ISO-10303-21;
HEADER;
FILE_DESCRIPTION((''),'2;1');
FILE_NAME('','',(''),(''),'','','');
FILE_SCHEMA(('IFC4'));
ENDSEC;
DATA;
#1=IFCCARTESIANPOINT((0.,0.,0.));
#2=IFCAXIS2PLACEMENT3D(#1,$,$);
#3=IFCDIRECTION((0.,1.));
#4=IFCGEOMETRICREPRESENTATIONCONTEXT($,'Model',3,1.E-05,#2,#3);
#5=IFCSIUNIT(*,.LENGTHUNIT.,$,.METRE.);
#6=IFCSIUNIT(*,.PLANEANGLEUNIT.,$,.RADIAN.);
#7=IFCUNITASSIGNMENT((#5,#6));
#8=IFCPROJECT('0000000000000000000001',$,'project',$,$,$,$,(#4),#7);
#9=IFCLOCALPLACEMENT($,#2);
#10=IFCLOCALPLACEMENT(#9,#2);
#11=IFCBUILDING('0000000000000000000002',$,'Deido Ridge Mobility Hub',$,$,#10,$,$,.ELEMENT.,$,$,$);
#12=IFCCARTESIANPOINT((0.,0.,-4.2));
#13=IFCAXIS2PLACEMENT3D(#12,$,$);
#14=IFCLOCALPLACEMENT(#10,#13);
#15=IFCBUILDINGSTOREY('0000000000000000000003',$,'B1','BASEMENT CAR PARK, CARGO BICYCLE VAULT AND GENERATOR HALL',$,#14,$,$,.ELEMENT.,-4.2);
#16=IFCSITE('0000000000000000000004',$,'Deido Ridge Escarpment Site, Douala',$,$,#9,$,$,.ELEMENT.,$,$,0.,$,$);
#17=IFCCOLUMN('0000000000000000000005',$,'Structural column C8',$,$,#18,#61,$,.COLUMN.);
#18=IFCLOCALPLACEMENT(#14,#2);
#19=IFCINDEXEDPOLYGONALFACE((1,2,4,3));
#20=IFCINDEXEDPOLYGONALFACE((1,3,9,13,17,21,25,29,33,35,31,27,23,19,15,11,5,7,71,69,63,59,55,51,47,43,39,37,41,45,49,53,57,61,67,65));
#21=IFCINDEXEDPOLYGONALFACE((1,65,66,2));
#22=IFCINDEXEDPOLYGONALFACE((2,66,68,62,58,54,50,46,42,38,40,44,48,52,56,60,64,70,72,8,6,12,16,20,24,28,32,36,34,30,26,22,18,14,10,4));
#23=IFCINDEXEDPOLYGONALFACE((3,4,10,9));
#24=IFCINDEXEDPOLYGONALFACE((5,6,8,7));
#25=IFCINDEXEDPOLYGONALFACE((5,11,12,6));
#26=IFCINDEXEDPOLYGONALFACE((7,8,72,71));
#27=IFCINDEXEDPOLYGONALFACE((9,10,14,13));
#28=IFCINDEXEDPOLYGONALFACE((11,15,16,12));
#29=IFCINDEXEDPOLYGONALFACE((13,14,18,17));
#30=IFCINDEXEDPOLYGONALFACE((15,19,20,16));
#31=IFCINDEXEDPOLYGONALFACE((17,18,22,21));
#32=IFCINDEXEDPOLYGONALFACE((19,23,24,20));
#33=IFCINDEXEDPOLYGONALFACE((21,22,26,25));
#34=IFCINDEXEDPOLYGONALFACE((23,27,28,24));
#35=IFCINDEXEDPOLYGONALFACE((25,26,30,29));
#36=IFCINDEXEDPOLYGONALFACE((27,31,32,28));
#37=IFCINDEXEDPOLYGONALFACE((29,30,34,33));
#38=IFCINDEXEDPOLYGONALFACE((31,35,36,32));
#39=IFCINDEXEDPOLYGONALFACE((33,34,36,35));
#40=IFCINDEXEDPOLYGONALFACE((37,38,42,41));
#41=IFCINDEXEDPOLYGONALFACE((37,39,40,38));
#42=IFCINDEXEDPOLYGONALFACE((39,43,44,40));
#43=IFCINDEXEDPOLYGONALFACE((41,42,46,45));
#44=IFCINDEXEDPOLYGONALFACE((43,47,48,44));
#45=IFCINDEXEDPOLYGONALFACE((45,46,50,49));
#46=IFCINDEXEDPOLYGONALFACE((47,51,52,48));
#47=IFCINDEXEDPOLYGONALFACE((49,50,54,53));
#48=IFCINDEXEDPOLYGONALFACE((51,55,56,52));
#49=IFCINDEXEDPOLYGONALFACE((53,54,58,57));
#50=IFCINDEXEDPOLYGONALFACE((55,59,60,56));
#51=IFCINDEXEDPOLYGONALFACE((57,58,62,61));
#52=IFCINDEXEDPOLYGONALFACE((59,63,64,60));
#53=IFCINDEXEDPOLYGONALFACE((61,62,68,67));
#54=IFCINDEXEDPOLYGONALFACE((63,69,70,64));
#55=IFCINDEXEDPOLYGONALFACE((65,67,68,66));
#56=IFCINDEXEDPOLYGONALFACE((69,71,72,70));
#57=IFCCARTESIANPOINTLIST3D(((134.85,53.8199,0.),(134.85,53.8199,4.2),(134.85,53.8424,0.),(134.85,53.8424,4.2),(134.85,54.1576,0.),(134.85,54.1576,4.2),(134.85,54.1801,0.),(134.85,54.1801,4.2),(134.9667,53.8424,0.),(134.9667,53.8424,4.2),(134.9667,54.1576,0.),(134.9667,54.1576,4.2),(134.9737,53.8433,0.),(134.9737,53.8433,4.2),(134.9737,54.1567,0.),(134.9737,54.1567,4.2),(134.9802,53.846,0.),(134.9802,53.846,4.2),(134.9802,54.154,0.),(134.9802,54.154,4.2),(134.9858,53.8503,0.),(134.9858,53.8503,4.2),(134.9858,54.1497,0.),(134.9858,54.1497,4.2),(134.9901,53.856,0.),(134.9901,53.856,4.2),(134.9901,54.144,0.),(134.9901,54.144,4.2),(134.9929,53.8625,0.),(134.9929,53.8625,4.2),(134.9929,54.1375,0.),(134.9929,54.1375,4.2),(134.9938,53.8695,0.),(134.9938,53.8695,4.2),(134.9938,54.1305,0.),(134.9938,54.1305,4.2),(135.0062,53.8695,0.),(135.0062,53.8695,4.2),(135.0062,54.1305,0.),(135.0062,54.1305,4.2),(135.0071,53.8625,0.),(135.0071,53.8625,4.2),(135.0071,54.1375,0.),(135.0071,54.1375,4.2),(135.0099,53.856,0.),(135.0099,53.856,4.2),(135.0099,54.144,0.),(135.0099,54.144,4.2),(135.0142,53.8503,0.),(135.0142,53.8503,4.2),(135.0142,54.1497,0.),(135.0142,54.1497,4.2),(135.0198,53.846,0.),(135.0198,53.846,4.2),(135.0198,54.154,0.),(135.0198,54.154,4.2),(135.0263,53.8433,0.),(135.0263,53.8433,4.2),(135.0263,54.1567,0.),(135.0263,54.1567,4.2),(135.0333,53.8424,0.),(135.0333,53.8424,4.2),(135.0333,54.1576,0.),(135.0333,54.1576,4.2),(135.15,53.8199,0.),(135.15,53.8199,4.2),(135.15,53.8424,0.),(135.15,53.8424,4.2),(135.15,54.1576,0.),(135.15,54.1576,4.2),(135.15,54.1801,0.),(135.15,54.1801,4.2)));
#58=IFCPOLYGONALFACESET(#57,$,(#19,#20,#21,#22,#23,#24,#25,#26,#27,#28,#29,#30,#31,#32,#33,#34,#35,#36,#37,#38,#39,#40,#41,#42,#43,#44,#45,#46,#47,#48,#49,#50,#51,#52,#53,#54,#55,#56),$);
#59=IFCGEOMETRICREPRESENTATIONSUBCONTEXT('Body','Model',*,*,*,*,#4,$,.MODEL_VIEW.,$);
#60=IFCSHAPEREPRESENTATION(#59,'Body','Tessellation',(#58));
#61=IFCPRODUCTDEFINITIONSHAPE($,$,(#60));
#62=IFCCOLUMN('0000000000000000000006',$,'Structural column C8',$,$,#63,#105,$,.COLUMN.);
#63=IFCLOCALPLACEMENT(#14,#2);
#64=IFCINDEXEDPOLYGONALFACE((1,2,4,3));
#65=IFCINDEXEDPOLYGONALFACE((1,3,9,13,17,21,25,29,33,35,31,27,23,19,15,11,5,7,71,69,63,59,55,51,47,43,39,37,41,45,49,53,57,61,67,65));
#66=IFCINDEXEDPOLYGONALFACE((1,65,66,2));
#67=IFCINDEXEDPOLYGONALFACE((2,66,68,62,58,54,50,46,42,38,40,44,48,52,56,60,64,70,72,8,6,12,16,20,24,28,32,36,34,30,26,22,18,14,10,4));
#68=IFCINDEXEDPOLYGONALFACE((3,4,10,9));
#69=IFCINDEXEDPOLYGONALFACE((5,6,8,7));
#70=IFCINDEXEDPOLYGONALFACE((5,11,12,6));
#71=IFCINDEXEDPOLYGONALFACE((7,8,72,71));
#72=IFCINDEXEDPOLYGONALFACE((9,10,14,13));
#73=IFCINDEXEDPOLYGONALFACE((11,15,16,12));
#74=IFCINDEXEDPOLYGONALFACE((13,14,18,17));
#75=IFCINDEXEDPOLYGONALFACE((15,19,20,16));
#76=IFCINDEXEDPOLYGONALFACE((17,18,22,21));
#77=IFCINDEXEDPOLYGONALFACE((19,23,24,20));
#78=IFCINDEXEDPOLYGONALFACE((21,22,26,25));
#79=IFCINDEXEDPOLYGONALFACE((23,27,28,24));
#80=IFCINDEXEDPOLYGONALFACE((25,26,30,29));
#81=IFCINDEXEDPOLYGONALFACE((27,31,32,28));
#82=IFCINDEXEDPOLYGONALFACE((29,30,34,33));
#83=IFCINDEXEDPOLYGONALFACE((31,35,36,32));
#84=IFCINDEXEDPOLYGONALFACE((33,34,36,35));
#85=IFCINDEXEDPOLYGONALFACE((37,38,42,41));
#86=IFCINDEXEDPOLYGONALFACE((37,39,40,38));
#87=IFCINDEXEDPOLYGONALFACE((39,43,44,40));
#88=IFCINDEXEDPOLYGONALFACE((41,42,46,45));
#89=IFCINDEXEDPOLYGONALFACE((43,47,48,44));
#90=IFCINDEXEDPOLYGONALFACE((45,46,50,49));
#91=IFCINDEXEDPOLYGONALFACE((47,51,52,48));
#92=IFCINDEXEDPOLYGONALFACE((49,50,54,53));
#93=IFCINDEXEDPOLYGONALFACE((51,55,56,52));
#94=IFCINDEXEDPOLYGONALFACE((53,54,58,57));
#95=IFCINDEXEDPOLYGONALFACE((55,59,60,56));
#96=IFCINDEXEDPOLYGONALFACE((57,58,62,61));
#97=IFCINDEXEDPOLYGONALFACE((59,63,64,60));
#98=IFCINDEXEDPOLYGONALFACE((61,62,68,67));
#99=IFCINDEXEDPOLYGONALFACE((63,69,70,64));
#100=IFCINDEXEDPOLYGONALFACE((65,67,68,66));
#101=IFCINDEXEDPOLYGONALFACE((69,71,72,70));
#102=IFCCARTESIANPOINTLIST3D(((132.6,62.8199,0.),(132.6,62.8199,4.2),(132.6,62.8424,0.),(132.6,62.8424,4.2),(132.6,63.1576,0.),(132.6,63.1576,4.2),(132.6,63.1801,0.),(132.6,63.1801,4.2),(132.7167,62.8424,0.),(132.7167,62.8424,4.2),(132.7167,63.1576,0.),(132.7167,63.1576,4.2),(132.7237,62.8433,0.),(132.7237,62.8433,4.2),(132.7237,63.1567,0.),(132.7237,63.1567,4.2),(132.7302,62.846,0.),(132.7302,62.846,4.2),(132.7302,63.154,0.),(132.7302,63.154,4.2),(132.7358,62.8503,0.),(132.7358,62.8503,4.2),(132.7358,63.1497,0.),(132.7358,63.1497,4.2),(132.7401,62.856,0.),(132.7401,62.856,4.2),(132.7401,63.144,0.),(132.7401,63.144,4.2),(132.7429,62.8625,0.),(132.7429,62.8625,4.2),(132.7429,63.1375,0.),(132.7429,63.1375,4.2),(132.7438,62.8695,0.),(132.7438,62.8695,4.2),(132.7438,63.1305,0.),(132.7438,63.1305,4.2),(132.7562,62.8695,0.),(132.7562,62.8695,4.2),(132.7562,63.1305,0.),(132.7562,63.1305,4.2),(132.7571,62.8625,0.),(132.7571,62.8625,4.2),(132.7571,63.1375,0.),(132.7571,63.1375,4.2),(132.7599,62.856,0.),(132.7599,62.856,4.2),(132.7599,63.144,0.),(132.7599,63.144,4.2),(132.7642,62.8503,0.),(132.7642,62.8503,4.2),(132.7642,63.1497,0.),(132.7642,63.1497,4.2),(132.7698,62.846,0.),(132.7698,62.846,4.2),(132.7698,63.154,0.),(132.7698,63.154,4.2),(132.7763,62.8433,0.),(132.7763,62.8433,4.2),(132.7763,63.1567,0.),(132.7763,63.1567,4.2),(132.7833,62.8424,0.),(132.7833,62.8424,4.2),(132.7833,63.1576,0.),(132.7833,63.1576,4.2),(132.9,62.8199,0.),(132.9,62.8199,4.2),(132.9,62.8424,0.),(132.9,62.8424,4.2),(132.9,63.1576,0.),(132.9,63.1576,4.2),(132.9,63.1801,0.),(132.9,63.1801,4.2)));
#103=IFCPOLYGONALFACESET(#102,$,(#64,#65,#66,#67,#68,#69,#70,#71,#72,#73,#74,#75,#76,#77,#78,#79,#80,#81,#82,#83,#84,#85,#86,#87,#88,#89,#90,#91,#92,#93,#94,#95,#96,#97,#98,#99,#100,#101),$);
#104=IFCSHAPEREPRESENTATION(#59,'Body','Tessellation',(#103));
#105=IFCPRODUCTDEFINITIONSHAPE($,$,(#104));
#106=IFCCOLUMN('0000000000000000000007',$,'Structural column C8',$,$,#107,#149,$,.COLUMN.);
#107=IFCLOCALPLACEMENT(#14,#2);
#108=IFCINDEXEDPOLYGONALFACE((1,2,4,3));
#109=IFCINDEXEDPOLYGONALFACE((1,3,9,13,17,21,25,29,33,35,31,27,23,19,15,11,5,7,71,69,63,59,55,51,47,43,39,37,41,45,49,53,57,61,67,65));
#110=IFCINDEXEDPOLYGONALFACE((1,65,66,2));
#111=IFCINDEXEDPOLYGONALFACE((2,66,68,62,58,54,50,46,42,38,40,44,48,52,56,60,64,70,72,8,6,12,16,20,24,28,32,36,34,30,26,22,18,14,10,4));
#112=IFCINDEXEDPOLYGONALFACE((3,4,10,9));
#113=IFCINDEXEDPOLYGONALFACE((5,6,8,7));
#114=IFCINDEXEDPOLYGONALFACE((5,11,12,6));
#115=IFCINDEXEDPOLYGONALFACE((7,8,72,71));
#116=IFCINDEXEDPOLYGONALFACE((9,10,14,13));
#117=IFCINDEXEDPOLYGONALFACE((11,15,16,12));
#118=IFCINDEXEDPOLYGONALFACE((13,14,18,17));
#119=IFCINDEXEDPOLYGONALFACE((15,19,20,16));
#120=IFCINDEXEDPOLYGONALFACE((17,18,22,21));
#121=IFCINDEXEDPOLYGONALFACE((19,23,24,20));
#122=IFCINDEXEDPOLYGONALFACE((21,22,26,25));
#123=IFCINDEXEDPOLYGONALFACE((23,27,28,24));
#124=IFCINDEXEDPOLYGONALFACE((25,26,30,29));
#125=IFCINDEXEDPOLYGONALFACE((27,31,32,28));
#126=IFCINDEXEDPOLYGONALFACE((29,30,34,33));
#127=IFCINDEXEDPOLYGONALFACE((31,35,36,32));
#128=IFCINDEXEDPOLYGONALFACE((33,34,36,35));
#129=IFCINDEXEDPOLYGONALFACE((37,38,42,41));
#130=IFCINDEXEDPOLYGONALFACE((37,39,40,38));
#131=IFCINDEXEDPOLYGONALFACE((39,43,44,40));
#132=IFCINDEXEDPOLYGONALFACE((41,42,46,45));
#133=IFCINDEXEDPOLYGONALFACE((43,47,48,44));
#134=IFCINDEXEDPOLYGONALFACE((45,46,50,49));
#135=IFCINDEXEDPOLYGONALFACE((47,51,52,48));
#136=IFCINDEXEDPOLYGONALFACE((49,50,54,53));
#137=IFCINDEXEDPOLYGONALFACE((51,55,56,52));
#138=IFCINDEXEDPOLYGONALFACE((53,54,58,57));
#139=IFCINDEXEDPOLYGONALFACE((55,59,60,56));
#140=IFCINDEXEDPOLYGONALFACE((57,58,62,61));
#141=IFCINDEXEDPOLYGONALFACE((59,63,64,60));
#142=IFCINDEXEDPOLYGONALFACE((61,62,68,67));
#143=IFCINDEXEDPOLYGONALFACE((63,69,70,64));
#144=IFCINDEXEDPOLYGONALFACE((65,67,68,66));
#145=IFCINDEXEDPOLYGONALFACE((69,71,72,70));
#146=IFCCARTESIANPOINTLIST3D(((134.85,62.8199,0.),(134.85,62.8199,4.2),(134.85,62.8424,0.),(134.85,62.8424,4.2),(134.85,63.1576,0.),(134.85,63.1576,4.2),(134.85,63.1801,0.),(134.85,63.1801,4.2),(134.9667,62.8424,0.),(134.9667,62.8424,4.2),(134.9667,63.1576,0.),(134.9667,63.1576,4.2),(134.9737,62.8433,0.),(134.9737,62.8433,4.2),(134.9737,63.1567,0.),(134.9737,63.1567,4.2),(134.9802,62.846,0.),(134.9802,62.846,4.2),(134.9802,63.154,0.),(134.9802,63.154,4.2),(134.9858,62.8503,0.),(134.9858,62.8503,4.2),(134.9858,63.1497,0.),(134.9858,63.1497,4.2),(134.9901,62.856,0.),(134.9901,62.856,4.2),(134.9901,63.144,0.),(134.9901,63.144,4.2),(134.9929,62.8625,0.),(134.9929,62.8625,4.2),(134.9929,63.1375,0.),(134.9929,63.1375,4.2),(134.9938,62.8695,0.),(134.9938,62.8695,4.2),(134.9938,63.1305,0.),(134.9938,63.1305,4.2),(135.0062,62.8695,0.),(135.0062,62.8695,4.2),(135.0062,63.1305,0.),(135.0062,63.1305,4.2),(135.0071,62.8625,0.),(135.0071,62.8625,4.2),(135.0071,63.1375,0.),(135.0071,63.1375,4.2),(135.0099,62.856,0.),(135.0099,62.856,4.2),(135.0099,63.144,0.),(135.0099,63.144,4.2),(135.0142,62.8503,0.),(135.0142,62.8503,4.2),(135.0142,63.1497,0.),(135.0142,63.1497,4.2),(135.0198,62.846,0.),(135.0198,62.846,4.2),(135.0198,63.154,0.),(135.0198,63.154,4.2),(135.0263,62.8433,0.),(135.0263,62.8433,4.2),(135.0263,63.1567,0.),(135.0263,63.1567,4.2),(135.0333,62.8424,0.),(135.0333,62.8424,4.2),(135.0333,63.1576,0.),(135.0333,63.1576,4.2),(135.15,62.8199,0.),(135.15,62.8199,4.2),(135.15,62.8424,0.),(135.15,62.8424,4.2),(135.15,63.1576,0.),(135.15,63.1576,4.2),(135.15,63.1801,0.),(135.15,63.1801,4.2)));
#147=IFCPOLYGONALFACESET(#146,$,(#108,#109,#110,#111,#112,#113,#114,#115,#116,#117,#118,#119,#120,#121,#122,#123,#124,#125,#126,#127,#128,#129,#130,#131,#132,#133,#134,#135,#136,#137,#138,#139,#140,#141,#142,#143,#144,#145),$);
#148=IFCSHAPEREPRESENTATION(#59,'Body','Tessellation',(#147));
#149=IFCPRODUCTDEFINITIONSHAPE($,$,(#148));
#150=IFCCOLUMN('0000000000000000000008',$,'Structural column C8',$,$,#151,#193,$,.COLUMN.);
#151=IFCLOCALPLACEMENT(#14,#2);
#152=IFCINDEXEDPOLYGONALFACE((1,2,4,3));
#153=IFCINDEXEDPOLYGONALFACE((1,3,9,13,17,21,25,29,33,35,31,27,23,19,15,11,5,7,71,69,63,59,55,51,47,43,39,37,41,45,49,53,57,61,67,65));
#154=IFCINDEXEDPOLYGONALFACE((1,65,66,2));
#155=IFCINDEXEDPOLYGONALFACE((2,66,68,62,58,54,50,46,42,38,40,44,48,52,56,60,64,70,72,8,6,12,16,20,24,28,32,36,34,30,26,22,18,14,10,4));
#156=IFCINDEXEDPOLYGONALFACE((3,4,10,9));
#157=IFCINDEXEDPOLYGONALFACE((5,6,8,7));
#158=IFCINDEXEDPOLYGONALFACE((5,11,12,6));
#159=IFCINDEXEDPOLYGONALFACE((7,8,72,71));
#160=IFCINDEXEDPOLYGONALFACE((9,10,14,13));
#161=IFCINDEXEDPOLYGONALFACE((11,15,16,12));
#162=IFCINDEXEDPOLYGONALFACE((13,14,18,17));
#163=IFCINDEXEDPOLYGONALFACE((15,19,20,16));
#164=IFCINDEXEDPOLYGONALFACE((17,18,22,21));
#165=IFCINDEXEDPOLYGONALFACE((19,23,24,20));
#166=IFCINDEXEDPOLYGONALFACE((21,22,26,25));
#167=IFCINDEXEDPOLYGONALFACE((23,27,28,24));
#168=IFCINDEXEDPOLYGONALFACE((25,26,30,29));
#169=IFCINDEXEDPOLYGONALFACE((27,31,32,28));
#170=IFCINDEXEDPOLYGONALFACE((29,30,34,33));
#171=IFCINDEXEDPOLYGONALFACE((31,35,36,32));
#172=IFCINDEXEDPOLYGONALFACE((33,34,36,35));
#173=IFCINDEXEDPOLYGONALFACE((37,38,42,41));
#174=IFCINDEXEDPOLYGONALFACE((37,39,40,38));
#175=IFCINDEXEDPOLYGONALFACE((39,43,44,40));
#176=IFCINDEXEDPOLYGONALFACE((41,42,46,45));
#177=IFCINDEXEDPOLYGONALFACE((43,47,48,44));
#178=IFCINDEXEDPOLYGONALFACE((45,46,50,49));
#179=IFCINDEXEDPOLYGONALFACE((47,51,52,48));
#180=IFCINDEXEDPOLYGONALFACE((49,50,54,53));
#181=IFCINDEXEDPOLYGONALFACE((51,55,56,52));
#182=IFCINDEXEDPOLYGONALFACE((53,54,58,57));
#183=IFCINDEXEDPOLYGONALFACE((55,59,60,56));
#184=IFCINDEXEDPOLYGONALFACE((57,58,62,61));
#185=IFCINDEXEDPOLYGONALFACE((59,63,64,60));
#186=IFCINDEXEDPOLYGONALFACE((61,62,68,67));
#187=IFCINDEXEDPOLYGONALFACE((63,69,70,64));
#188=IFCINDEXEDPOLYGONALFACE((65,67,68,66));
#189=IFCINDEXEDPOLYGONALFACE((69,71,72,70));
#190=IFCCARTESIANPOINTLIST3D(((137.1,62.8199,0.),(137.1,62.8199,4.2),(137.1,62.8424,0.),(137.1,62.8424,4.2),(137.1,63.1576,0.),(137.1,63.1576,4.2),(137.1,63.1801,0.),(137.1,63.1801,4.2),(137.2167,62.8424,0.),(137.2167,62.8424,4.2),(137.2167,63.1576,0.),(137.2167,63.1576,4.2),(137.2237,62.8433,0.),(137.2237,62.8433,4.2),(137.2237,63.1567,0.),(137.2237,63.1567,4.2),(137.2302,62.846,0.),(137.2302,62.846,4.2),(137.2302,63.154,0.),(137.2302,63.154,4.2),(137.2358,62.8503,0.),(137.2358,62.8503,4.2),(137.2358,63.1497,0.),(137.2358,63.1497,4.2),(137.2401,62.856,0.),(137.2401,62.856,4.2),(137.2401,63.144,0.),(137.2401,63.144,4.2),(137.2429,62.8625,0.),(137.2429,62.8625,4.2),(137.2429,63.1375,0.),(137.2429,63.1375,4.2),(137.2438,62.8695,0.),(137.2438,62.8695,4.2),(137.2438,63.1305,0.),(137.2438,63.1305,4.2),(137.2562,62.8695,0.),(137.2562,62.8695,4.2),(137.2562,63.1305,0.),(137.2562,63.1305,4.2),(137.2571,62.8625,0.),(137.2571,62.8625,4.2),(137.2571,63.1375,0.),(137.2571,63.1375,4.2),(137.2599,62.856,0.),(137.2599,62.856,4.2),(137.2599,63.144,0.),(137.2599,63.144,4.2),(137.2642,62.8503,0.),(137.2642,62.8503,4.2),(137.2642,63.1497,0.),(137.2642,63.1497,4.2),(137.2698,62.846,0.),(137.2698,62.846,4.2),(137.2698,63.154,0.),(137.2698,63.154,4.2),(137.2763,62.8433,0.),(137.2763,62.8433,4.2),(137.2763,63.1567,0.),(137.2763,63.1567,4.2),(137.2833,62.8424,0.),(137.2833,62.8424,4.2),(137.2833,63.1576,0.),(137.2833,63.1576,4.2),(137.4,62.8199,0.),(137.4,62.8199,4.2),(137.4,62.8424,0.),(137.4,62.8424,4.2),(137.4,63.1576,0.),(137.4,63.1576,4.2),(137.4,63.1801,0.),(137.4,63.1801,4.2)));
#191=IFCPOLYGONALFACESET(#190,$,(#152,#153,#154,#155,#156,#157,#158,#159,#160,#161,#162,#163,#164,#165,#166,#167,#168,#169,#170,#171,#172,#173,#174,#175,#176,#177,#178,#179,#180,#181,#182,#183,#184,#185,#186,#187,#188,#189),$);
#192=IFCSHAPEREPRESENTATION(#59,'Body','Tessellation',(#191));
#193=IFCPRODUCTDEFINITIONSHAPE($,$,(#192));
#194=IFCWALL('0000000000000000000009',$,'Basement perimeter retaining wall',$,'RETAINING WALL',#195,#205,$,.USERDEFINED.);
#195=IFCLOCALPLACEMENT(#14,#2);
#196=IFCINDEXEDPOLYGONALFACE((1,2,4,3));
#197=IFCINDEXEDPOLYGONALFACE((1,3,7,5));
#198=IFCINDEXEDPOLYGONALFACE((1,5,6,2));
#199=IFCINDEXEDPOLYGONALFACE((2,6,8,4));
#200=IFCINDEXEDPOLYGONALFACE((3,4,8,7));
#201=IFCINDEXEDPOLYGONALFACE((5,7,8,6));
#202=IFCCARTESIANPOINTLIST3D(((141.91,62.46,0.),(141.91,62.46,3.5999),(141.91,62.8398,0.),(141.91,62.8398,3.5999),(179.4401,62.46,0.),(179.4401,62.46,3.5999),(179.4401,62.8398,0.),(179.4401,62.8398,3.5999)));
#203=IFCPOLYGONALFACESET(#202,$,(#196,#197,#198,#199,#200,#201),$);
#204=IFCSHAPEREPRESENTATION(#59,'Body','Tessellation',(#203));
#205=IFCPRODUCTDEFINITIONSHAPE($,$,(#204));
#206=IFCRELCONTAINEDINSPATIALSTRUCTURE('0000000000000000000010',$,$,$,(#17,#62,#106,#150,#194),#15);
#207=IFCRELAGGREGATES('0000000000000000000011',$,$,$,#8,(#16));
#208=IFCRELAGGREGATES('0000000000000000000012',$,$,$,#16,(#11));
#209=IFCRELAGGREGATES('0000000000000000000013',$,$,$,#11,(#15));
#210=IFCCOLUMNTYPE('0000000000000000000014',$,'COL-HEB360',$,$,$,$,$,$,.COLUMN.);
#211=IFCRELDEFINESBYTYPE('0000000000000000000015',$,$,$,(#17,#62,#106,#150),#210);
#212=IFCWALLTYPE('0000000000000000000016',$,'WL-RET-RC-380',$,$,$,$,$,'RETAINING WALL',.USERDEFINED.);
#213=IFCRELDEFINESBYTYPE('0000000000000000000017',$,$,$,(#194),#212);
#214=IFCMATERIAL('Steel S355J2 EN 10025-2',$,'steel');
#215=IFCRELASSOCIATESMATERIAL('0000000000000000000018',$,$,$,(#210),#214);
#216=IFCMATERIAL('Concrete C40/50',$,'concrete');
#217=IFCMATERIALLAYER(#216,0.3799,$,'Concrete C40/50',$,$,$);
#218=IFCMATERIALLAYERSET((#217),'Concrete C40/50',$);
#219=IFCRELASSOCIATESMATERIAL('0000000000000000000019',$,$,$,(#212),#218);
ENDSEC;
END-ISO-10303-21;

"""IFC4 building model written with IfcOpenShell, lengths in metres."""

from ifc_helpers import new_model, si_unit, direction, frame, frame_2d, origin, origin_2d, place, context, subcontext, project, spatial, rectangle, i_section, extrude, material, layer, layer_set, material_profile, profile_set, type_object, element, save


model = new_model("IFC4")

# Units and contexts
model_context = context("Model", 3, precision=1e-05, world=origin(), true_north=direction((0.0, 1.0)))
body_context = subcontext(model_context, "Body", "Model", "MODEL_VIEW")
ifc_project = project(units=[si_unit("LENGTHUNIT", "METRE"), si_unit("PLANEANGLEUNIT", "RADIAN")], contexts=[model_context])

# Site, building, storey
site_placement = place(None, origin())
site = spatial("IfcSite", under=ifc_project, at=site_placement, Name="Deido Ridge Escarpment Site, Douala", CompositionType="ELEMENT", RefElevation=0.0)
building_placement = place(site_placement, origin())
building = spatial("IfcBuilding", under=site, at=building_placement, Name="Deido Ridge Mobility Hub", CompositionType="ELEMENT")
storey_placement = place(building_placement, frame((0.0, 0.0, -4.2)))
storey = spatial("IfcBuildingStorey", under=building, at=storey_placement, Name="B1", Description="BASEMENT CAR PARK, CARGO BICYCLE VAULT AND GENERATOR HALL", CompositionType="ELEMENT", Elevation=-4.2)

# Shared definitions
ifc_material_1 = material(Name="Concrete C40/50", Category="concrete")

# Columns
ifc_material_2 = material(Name="Steel S355J2 EN 10025-2", Category="steel")
ifc_material_profile_1 = material_profile(ifc_material_2, i_section(OverallWidth=0.3, OverallDepth=0.3601, WebThickness=0.0125, FlangeThickness=0.0225, FilletRadius=0.0271, at=origin_2d()), Name="HEB 360")
ifc_profile_set_1 = profile_set([ifc_material_profile_1], Name="Steel S355J2 EN 10025-2")
column_type = type_object("IfcColumnType", Name="COL-HEB360", PredefinedType="COLUMN", material=ifc_profile_set_1)
for number, where, z_axis, x_axis, name in (
    (1, (135.0, 54.0, 0.0), (0.0, 0.0, 1.0), (1.0, 0.0, 0.0), "Structural column C8"),
    (2, (132.75, 63.0, 0.0), (0.0, 0.0, 1.0), (1.0, 0.0, 0.0), "Structural column C8"),
    (3, (135.0, 63.0, 0.0), (0.0, 0.0, 1.0), (1.0, 0.0, 0.0), "Structural column C8"),
    (4, (137.25, 63.0, 0.0), (0.0, 0.0, 1.0), (1.0, 0.0, 0.0), "Structural column C8"),
):
    element("IfcColumn", number, at=place(storey_placement, frame(where, z_axis=z_axis, x_axis=x_axis)), inside=storey, type_object=column_type, Name=name, PredefinedType="COLUMN", context=body_context, shape_type="SweptSolid", body=[
        extrude(i_section(OverallWidth=0.3, OverallDepth=0.3601, WebThickness=0.0125, FlangeThickness=0.0225, FilletRadius=0.0271, at=origin_2d()), origin(), (0.0, 0.0, 1.0), 4.2),
    ])

# Wall
ifc_layer = layer(ifc_material_1, 0.3799, Name="Concrete C40/50")
ifc_layer_set = layer_set([ifc_layer], Name="Concrete C40/50")
wall_type = type_object("IfcWallType", Name="WL-RET-RC-380", ElementType="RETAINING WALL", PredefinedType="USERDEFINED", material=ifc_layer_set)
wall_placement = place(storey_placement, frame((141.9099, 62.6499, 0.0), z_axis=(0.0, 0.0, 1.0), x_axis=(1.0, 0.0, 0.0)))
element("IfcWall", 5, at=wall_placement, inside=storey, type_object=wall_type, Name="Basement perimeter retaining wall", ObjectType="RETAINING WALL", PredefinedType="USERDEFINED", context=body_context, shape_type="SweptSolid", body=[
    extrude(rectangle(XDim=37.53, YDim=0.3799, at=frame_2d((18.7651, 0.0))), origin(), (0.0, 0.0, 1.0), 3.5999),
])

save(model, "model.ifc")
